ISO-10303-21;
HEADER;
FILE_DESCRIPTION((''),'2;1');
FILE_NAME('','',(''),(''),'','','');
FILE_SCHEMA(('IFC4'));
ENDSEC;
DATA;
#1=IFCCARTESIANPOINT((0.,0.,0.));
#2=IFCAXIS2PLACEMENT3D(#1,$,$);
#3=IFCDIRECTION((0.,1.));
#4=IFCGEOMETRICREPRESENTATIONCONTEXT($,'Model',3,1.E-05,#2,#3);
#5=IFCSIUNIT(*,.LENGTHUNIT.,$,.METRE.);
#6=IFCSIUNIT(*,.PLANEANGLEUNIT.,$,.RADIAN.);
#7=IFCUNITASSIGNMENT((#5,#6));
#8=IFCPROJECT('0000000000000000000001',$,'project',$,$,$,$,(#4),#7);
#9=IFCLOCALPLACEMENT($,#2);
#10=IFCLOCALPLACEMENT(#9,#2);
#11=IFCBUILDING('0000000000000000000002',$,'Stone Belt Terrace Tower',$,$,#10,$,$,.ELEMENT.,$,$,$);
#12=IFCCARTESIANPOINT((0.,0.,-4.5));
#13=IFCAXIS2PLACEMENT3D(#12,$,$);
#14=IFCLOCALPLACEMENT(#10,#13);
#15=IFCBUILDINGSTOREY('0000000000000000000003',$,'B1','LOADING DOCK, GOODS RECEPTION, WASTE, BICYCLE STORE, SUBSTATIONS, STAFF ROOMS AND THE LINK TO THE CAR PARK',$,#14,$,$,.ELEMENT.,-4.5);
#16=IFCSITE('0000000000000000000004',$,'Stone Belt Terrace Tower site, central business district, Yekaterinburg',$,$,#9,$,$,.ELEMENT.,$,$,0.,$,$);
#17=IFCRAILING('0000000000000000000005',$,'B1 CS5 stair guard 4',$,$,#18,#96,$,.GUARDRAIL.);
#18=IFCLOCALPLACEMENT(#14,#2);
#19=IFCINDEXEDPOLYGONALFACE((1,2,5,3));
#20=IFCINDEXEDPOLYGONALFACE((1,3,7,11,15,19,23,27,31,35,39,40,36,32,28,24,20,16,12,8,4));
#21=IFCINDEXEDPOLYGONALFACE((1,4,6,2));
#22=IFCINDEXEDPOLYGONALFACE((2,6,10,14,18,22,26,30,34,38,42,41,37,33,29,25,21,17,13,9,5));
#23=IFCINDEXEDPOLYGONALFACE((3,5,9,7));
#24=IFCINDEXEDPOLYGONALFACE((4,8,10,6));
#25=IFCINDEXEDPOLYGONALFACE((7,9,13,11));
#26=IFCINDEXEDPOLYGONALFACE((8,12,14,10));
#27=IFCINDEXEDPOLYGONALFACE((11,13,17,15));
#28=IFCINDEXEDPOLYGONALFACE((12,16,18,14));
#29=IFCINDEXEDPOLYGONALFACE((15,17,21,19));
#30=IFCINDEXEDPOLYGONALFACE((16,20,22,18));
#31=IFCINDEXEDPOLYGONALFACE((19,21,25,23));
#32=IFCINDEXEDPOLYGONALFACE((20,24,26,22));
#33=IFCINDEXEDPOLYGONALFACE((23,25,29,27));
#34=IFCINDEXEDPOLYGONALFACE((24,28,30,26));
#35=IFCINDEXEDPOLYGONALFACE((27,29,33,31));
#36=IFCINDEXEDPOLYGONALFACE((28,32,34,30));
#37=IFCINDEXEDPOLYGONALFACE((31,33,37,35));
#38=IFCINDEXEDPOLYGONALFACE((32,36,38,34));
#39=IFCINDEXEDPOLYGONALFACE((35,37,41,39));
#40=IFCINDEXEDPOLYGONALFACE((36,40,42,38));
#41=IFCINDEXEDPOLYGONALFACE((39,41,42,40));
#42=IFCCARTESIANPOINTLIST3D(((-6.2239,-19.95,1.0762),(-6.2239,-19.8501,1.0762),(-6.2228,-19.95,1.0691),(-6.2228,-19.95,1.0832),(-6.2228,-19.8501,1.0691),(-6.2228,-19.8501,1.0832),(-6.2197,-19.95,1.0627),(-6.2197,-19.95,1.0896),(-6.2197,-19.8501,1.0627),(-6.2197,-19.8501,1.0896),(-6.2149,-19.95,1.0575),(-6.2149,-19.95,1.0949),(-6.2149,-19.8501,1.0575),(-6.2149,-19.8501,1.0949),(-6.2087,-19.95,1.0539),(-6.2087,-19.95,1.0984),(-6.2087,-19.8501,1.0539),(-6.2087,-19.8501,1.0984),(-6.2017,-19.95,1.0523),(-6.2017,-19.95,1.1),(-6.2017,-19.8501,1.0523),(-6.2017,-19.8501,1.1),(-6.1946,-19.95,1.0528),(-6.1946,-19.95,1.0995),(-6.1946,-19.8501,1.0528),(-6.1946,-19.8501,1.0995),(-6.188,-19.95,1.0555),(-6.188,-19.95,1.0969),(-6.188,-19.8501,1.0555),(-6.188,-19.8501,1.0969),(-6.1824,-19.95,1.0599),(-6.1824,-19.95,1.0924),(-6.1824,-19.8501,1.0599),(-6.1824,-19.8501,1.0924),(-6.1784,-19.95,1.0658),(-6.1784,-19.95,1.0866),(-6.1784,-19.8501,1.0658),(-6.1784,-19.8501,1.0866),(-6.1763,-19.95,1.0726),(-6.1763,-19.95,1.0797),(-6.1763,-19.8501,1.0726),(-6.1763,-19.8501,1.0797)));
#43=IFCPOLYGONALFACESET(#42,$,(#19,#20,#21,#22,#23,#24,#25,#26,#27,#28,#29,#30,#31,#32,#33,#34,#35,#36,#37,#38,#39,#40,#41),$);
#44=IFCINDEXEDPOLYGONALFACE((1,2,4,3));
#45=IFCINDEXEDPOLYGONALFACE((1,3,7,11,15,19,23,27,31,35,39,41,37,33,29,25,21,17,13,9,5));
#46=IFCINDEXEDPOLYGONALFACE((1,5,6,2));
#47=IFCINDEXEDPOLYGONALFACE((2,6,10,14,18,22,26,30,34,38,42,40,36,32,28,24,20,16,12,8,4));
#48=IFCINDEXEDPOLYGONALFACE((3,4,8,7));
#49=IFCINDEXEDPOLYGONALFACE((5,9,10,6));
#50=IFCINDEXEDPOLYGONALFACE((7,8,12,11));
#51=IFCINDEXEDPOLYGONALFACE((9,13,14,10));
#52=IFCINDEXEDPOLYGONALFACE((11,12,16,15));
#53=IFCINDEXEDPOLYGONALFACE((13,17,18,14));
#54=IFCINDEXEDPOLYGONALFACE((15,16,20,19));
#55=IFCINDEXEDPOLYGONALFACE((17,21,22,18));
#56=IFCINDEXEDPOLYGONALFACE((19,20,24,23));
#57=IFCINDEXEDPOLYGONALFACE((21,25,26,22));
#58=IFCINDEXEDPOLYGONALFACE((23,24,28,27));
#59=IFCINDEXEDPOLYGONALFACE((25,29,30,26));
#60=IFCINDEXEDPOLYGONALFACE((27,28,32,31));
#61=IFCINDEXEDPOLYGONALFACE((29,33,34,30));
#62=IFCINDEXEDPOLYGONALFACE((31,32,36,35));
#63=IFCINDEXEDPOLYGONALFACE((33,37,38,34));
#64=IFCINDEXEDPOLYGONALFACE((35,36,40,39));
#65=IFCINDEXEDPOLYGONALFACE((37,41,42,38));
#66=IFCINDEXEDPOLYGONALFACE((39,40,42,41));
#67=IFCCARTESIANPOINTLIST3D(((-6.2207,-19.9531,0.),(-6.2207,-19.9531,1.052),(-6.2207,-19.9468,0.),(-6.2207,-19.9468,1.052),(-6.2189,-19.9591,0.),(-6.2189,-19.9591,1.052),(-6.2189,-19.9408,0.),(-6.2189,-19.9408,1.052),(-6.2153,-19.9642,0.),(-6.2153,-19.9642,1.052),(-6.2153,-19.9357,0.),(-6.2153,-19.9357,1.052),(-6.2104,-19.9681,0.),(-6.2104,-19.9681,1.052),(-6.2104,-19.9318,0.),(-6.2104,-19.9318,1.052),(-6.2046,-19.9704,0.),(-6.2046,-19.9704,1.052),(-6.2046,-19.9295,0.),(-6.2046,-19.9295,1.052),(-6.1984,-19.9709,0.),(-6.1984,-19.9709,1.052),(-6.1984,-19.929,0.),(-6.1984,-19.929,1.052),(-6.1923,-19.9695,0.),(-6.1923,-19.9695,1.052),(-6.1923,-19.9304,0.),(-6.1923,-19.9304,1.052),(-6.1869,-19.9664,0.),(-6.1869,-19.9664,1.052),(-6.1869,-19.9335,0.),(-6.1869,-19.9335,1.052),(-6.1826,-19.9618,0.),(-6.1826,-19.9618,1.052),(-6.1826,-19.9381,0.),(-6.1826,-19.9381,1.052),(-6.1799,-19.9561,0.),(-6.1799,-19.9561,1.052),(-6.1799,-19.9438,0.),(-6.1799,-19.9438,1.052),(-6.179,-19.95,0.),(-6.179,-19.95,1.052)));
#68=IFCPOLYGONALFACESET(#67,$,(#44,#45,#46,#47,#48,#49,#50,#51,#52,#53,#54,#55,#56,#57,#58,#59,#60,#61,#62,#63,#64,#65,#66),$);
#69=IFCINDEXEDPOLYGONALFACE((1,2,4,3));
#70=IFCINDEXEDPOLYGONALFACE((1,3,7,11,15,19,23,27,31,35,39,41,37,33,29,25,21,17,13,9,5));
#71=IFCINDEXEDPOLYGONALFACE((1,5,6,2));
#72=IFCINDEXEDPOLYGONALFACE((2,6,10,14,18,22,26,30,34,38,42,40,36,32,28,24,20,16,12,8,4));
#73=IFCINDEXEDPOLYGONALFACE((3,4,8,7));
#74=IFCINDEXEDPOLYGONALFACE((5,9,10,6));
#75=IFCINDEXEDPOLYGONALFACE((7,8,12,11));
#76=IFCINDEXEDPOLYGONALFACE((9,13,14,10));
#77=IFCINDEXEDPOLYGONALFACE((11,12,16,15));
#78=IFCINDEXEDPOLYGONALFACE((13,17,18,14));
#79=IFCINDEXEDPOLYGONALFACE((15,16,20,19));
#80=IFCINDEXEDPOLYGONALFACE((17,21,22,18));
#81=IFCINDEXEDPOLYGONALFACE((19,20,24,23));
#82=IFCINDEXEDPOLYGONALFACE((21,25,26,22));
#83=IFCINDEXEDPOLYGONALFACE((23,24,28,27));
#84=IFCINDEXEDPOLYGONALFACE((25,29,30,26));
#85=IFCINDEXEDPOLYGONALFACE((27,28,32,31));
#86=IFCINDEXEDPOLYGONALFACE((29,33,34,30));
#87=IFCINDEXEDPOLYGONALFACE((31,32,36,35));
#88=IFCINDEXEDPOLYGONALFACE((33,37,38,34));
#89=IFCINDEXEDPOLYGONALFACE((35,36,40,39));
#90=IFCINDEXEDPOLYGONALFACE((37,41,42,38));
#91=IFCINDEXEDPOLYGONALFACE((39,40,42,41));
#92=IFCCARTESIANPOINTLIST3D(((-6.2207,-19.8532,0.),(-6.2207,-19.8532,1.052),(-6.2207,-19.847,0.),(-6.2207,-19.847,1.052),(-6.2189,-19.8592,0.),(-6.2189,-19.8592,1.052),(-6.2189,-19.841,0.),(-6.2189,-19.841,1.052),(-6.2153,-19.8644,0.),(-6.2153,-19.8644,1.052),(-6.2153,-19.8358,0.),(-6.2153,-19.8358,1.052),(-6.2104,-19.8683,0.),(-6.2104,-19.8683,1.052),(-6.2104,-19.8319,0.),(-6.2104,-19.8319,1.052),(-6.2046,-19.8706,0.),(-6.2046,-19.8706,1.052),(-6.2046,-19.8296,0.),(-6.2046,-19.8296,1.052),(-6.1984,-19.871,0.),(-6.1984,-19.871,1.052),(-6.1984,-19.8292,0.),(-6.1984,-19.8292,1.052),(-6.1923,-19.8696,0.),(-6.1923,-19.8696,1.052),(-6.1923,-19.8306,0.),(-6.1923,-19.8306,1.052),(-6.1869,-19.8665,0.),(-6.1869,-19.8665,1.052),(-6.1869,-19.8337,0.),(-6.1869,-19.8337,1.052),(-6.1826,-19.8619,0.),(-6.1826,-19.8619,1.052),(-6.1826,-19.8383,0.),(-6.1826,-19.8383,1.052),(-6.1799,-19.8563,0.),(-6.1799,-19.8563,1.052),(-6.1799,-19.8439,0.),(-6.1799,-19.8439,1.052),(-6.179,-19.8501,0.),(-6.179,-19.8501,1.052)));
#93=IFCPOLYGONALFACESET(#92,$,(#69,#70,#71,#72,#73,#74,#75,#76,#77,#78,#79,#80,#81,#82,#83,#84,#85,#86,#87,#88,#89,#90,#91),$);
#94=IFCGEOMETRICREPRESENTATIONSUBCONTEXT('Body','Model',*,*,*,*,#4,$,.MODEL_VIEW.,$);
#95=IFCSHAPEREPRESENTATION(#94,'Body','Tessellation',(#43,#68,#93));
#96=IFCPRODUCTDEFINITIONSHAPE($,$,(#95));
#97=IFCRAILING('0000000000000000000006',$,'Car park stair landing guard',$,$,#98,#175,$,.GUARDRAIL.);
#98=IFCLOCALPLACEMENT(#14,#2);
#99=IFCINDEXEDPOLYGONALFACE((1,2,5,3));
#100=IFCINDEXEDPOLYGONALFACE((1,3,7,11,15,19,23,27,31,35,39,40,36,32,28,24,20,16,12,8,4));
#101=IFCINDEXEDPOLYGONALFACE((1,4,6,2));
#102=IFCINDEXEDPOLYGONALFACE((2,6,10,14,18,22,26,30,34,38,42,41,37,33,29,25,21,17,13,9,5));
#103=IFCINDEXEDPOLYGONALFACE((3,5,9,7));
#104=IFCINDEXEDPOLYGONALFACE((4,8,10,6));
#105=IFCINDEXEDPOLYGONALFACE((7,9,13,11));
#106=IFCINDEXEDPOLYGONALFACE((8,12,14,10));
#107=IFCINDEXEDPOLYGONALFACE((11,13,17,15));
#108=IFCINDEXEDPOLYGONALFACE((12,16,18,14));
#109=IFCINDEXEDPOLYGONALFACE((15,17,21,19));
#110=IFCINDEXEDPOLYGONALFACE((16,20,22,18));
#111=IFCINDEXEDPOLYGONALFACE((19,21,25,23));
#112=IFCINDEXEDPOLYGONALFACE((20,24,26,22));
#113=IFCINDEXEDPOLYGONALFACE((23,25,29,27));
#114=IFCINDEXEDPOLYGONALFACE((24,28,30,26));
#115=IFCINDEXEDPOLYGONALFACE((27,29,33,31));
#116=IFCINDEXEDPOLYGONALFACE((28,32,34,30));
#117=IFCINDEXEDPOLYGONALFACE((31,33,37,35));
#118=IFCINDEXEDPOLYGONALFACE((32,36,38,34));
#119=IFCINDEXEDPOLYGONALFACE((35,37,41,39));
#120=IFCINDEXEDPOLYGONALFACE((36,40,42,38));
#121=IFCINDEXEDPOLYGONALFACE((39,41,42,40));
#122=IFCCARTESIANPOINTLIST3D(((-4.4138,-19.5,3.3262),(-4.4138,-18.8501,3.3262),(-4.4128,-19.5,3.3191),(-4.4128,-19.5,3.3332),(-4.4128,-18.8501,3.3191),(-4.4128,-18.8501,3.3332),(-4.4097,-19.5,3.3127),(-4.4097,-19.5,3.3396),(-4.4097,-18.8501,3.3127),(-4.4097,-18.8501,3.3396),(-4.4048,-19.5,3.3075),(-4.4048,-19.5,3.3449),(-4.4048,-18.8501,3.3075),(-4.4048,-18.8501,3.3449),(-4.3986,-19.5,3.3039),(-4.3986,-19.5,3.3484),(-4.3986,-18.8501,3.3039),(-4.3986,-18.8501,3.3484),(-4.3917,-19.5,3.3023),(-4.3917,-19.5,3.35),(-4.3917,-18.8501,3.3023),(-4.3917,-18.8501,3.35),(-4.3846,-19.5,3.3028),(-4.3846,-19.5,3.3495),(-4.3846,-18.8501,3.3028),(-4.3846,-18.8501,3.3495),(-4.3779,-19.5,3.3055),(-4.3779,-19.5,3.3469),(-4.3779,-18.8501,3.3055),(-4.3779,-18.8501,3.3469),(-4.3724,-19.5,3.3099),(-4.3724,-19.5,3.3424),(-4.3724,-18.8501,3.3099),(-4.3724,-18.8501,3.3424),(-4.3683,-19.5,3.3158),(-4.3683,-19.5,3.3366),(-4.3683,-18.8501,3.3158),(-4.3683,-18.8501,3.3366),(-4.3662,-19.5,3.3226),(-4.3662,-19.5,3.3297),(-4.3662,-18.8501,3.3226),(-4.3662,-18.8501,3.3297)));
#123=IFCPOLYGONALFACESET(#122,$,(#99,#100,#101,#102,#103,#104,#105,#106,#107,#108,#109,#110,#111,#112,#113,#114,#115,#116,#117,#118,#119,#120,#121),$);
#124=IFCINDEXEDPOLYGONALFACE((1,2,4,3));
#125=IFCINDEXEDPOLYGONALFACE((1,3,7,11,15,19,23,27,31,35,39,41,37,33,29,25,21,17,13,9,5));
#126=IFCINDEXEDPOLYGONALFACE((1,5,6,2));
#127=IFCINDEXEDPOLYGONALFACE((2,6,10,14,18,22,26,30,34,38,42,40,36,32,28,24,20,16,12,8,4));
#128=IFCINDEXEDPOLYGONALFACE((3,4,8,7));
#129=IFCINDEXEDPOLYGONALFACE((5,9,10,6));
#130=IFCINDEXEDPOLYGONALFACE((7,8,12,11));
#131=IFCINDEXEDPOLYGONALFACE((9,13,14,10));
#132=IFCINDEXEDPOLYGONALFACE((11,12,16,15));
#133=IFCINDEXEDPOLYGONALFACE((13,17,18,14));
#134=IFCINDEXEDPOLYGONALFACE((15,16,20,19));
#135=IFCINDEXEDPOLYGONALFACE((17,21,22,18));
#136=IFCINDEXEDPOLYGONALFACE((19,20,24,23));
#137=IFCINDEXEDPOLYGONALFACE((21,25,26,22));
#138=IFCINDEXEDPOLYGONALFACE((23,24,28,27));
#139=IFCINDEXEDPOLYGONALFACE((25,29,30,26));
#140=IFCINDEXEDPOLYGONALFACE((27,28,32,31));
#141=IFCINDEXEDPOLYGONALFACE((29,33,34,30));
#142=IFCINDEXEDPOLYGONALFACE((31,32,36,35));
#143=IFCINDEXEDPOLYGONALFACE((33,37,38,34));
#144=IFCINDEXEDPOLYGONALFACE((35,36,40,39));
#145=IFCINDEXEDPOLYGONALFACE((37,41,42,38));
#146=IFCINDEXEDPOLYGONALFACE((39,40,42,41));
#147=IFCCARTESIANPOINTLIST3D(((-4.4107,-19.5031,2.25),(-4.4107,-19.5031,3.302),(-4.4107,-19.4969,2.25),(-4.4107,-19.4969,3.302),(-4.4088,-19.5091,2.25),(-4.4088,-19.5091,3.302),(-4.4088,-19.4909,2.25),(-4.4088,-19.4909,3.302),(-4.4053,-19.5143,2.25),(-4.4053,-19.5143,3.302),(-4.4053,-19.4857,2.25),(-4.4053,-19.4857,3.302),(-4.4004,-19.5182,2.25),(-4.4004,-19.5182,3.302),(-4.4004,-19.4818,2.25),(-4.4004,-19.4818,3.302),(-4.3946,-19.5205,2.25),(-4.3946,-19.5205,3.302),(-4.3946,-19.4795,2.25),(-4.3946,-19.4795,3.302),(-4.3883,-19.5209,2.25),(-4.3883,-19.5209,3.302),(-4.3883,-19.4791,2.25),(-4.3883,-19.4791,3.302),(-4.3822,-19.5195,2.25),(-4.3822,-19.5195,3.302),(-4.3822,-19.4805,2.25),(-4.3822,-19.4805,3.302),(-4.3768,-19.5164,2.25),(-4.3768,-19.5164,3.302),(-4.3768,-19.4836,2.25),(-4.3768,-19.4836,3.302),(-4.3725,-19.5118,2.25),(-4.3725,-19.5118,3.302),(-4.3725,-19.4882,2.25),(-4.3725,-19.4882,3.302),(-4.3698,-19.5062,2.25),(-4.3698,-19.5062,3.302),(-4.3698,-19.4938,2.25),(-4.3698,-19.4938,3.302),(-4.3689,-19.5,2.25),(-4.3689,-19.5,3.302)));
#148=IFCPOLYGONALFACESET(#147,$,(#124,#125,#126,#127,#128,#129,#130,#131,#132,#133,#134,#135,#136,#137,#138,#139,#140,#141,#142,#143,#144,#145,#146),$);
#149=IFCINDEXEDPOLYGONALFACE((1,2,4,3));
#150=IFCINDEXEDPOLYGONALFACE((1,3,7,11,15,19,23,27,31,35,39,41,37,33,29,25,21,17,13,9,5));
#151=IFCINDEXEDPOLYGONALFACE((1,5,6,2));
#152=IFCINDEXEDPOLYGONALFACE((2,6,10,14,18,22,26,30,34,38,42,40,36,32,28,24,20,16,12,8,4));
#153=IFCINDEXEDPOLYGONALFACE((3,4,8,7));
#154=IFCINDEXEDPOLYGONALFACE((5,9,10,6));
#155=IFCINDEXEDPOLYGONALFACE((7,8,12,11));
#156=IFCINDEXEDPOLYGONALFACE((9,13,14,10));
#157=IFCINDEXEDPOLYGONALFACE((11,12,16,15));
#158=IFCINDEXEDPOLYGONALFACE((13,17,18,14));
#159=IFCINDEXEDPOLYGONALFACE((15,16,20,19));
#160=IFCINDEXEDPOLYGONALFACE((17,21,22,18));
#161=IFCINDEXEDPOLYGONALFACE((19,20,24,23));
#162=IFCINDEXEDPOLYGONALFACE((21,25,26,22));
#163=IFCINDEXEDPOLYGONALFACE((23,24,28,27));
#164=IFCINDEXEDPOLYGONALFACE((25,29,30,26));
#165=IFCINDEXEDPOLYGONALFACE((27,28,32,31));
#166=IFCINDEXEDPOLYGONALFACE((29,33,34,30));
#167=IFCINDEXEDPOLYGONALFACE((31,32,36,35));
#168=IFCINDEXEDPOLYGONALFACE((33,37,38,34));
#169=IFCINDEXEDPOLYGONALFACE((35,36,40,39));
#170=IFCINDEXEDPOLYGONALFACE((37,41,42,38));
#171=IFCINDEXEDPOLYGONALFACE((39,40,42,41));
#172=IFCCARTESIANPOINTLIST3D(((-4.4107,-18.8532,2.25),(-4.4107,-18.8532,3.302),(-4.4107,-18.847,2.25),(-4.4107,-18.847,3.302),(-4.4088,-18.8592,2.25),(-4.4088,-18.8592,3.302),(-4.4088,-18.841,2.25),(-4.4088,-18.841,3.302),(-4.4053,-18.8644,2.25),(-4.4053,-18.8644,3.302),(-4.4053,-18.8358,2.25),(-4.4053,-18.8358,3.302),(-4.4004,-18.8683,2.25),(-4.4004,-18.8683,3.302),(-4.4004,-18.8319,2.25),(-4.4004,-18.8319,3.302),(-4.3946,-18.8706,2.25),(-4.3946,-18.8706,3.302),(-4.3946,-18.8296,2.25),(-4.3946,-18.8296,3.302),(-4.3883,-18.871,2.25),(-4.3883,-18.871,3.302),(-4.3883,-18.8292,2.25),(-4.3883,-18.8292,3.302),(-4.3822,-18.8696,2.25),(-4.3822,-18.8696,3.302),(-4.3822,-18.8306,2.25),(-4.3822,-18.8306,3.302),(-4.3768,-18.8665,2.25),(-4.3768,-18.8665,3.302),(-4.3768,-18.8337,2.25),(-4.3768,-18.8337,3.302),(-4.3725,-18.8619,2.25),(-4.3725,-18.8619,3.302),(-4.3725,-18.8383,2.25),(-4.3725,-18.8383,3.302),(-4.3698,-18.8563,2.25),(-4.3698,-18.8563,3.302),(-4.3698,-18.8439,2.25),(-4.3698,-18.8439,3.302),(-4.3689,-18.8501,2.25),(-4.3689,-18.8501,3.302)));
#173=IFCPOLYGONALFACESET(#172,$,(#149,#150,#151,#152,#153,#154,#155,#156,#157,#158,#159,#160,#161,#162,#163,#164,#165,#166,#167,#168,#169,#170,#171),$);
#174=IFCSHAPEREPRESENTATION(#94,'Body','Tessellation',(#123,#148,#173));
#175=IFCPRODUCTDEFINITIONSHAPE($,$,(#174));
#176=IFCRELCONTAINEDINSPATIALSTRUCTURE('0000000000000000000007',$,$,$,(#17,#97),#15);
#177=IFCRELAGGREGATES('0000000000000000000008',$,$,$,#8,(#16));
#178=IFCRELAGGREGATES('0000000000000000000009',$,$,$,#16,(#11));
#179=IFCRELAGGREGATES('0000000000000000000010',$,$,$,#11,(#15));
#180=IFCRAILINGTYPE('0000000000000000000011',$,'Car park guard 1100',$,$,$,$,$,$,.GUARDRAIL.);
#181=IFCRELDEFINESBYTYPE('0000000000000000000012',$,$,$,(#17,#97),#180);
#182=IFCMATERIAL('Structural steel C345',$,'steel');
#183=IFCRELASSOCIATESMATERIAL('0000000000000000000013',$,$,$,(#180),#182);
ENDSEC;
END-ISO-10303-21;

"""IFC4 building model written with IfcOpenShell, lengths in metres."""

from ifc_helpers import new_model, si_unit, direction, frame, origin, origin_2d, place, context, subcontext, project, spatial, circle, extrude, material, type_object, element, save


model = new_model("IFC4")

# Units and contexts
model_context = context("Model", 3, precision=1e-05, world=origin(), true_north=direction((0.0, 1.0)))
body_context = subcontext(model_context, "Body", "Model", "MODEL_VIEW")
ifc_project = project(units=[si_unit("LENGTHUNIT", "METRE"), si_unit("PLANEANGLEUNIT", "RADIAN")], contexts=[model_context])

# Site, building, storey
site_placement = place(None, origin())
site = spatial("IfcSite", under=ifc_project, at=site_placement, Name="Stone Belt Terrace Tower site, central business district, Yekaterinburg", CompositionType="ELEMENT", RefElevation=0.0)
building_placement = place(site_placement, origin())
building = spatial("IfcBuilding", under=site, at=building_placement, Name="Stone Belt Terrace Tower", CompositionType="ELEMENT")
storey_placement = place(building_placement, frame((0.0, 0.0, -4.5)))
storey = spatial("IfcBuildingStorey", under=building, at=storey_placement, Name="B1", Description="LOADING DOCK, GOODS RECEPTION, WASTE, BICYCLE STORE, SUBSTATIONS, STAFF ROOMS AND THE LINK TO THE CAR PARK", CompositionType="ELEMENT", Elevation=-4.5)

# Railings
ifc_material_1 = material(Name="Structural steel C345", Category="steel")
railing_type_1 = type_object("IfcRailingType", Name="Car park guard 1100", PredefinedType="GUARDRAIL", material=ifc_material_1)
railing_1_placement = place(storey_placement, frame((-6.2, -19.95, 0.0)))
element("IfcRailing", 1, at=railing_1_placement, inside=storey, type_object=railing_type_1, Name="B1 CS5 stair guard 4", PredefinedType="GUARDRAIL", context=body_context, shape_type="SweptSolid", body=[
    extrude(circle(Radius=0.0239, at=origin_2d()), frame((0.0, 0.0, 1.0762), z_axis=(0.0, 1.0, 0.0), x_axis=(-1.0, 0.0, 0.0)), (0.0, 0.0, 1.0), 0.0999),
    extrude(circle(Radius=0.021, at=origin_2d()), origin(), (0.0, 0.0, 1.0), 1.052),
    extrude(circle(Radius=0.021, at=origin_2d()), frame((0.0, 0.0999, 0.0)), (0.0, 0.0, 1.0), 1.052),
])
railing_2_placement = place(storey_placement, frame((-4.3899, -19.5, 2.25)))
element("IfcRailing", 2, at=railing_2_placement, inside=storey, type_object=railing_type_1, Name="Car park stair landing guard", PredefinedType="GUARDRAIL", context=body_context, shape_type="SweptSolid", body=[
    extrude(circle(Radius=0.0239, at=origin_2d()), frame((0.0, 0.0, 1.0762), z_axis=(0.0, 1.0, 0.0), x_axis=(-1.0, 0.0, 0.0)), (0.0, 0.0, 1.0), 0.6499),
    extrude(circle(Radius=0.021, at=origin_2d()), origin(), (0.0, 0.0, 1.0), 1.052),
    extrude(circle(Radius=0.021, at=origin_2d()), frame((0.0, 0.6499, 0.0)), (0.0, 0.0, 1.0), 1.052),
])

save(model, "model.ifc")
